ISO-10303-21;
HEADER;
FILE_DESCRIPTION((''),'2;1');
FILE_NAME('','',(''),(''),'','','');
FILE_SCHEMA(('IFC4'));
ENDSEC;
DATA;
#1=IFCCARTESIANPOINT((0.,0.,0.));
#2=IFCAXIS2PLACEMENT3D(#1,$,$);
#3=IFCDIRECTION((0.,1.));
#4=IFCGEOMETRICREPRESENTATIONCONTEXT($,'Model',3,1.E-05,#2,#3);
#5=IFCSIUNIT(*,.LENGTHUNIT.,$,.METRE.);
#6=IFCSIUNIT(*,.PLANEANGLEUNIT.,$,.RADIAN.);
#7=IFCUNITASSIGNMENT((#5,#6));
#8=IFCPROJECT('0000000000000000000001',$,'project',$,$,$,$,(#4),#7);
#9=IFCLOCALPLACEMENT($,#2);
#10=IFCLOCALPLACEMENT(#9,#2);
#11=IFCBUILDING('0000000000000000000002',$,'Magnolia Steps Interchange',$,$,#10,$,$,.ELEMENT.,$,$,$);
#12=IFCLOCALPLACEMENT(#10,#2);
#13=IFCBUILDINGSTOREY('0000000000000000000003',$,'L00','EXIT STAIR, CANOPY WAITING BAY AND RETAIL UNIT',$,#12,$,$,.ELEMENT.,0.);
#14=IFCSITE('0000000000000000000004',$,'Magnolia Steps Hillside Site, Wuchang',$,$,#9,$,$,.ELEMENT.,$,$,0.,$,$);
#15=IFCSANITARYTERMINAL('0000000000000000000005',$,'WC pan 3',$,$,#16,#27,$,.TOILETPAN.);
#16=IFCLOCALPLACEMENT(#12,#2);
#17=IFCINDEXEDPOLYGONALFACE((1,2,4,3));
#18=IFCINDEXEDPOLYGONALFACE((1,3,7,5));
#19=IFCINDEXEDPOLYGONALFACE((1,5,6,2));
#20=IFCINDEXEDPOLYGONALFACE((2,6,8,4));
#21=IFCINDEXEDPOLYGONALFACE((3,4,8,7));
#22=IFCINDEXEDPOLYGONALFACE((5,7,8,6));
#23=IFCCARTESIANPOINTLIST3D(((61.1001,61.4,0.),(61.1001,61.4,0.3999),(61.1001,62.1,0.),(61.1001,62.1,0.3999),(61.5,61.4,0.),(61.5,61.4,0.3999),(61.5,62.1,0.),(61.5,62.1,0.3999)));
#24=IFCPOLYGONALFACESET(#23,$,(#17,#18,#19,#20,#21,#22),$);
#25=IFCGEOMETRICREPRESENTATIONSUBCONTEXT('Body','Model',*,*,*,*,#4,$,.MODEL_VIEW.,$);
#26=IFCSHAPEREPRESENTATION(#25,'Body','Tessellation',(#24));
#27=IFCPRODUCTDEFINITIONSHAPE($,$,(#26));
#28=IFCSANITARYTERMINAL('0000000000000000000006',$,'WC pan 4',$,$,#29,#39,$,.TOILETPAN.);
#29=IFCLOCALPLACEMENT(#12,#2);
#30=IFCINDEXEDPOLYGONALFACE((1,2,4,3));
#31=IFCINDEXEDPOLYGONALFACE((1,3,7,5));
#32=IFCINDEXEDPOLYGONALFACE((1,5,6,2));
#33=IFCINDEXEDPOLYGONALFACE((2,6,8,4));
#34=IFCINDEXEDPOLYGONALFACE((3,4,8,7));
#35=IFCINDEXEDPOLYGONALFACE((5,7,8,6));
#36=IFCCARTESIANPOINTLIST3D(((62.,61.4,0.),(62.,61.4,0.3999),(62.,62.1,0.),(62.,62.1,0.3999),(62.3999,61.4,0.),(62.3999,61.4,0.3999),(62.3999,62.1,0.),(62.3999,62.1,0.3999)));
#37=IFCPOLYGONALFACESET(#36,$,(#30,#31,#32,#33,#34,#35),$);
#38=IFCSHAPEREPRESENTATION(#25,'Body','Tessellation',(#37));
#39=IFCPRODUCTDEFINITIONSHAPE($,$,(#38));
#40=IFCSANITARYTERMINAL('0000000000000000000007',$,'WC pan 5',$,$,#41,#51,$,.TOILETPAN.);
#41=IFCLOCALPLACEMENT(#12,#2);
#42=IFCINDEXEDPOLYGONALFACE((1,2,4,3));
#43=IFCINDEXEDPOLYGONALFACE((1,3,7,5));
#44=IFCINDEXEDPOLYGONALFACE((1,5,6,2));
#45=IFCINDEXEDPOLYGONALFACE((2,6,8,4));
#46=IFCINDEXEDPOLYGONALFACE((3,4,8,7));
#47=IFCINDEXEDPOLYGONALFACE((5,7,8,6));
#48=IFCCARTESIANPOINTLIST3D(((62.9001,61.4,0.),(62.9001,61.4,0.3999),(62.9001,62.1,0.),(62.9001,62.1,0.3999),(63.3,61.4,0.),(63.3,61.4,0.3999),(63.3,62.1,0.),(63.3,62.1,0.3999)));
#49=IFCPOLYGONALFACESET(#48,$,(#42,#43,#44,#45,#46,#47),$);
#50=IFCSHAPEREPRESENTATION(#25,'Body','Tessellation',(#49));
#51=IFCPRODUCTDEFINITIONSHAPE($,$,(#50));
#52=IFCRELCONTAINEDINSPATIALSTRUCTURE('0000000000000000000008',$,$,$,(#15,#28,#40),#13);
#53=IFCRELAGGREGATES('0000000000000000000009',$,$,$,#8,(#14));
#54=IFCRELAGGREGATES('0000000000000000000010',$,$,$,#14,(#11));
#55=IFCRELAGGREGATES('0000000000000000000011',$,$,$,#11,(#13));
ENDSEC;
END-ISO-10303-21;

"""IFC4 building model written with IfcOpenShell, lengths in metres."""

from ifc_helpers import new_model, si_unit, direction, frame, origin, origin_2d, place, context, subcontext, project, spatial, rectangle, extrude, element, save


model = new_model("IFC4")

# Units and contexts
model_context = context("Model", 3, precision=1e-05, world=origin(), true_north=direction((0.0, 1.0)))
body_context = subcontext(model_context, "Body", "Model", "MODEL_VIEW")
ifc_project = project(units=[si_unit("LENGTHUNIT", "METRE"), si_unit("PLANEANGLEUNIT", "RADIAN")], contexts=[model_context])

# Site, building, storey
site_placement = place(None, origin())
site = spatial("IfcSite", under=ifc_project, at=site_placement, Name="Magnolia Steps Hillside Site, Wuchang", CompositionType="ELEMENT", RefElevation=0.0)
building_placement = place(site_placement, origin())
building = spatial("IfcBuilding", under=site, at=building_placement, Name="Magnolia Steps Interchange", CompositionType="ELEMENT")
storey_placement = place(building_placement, origin())
storey = spatial("IfcBuildingStorey", under=building, at=storey_placement, Name="L00", Description="EXIT STAIR, CANOPY WAITING BAY AND RETAIL UNIT", CompositionType="ELEMENT", Elevation=0.0)

# Sanitary terminals
for number, where, z_axis, x_axis, name in (
    (1, (61.3, 61.75, 0.0), (0.0, 0.0, 1.0), (1.0, 0.0, 0.0), "WC pan 3"),
    (2, (62.2, 61.75, 0.0), (0.0, 0.0, 1.0), (1.0, 0.0, 0.0), "WC pan 4"),
    (3, (63.1001, 61.75, 0.0), (0.0, 0.0, 1.0), (1.0, 0.0, 0.0), "WC pan 5"),
):
    element("IfcSanitaryTerminal", number, at=place(storey_placement, frame(where, z_axis=z_axis, x_axis=x_axis)), inside=storey, Name=name, PredefinedType="TOILETPAN", context=body_context, shape_type="SweptSolid", body=[
        extrude(rectangle(XDim=0.3999, YDim=0.7, at=origin_2d()), origin(), (0.0, 0.0, 1.0), 0.3999),
    ])

save(model, "model.ifc")
